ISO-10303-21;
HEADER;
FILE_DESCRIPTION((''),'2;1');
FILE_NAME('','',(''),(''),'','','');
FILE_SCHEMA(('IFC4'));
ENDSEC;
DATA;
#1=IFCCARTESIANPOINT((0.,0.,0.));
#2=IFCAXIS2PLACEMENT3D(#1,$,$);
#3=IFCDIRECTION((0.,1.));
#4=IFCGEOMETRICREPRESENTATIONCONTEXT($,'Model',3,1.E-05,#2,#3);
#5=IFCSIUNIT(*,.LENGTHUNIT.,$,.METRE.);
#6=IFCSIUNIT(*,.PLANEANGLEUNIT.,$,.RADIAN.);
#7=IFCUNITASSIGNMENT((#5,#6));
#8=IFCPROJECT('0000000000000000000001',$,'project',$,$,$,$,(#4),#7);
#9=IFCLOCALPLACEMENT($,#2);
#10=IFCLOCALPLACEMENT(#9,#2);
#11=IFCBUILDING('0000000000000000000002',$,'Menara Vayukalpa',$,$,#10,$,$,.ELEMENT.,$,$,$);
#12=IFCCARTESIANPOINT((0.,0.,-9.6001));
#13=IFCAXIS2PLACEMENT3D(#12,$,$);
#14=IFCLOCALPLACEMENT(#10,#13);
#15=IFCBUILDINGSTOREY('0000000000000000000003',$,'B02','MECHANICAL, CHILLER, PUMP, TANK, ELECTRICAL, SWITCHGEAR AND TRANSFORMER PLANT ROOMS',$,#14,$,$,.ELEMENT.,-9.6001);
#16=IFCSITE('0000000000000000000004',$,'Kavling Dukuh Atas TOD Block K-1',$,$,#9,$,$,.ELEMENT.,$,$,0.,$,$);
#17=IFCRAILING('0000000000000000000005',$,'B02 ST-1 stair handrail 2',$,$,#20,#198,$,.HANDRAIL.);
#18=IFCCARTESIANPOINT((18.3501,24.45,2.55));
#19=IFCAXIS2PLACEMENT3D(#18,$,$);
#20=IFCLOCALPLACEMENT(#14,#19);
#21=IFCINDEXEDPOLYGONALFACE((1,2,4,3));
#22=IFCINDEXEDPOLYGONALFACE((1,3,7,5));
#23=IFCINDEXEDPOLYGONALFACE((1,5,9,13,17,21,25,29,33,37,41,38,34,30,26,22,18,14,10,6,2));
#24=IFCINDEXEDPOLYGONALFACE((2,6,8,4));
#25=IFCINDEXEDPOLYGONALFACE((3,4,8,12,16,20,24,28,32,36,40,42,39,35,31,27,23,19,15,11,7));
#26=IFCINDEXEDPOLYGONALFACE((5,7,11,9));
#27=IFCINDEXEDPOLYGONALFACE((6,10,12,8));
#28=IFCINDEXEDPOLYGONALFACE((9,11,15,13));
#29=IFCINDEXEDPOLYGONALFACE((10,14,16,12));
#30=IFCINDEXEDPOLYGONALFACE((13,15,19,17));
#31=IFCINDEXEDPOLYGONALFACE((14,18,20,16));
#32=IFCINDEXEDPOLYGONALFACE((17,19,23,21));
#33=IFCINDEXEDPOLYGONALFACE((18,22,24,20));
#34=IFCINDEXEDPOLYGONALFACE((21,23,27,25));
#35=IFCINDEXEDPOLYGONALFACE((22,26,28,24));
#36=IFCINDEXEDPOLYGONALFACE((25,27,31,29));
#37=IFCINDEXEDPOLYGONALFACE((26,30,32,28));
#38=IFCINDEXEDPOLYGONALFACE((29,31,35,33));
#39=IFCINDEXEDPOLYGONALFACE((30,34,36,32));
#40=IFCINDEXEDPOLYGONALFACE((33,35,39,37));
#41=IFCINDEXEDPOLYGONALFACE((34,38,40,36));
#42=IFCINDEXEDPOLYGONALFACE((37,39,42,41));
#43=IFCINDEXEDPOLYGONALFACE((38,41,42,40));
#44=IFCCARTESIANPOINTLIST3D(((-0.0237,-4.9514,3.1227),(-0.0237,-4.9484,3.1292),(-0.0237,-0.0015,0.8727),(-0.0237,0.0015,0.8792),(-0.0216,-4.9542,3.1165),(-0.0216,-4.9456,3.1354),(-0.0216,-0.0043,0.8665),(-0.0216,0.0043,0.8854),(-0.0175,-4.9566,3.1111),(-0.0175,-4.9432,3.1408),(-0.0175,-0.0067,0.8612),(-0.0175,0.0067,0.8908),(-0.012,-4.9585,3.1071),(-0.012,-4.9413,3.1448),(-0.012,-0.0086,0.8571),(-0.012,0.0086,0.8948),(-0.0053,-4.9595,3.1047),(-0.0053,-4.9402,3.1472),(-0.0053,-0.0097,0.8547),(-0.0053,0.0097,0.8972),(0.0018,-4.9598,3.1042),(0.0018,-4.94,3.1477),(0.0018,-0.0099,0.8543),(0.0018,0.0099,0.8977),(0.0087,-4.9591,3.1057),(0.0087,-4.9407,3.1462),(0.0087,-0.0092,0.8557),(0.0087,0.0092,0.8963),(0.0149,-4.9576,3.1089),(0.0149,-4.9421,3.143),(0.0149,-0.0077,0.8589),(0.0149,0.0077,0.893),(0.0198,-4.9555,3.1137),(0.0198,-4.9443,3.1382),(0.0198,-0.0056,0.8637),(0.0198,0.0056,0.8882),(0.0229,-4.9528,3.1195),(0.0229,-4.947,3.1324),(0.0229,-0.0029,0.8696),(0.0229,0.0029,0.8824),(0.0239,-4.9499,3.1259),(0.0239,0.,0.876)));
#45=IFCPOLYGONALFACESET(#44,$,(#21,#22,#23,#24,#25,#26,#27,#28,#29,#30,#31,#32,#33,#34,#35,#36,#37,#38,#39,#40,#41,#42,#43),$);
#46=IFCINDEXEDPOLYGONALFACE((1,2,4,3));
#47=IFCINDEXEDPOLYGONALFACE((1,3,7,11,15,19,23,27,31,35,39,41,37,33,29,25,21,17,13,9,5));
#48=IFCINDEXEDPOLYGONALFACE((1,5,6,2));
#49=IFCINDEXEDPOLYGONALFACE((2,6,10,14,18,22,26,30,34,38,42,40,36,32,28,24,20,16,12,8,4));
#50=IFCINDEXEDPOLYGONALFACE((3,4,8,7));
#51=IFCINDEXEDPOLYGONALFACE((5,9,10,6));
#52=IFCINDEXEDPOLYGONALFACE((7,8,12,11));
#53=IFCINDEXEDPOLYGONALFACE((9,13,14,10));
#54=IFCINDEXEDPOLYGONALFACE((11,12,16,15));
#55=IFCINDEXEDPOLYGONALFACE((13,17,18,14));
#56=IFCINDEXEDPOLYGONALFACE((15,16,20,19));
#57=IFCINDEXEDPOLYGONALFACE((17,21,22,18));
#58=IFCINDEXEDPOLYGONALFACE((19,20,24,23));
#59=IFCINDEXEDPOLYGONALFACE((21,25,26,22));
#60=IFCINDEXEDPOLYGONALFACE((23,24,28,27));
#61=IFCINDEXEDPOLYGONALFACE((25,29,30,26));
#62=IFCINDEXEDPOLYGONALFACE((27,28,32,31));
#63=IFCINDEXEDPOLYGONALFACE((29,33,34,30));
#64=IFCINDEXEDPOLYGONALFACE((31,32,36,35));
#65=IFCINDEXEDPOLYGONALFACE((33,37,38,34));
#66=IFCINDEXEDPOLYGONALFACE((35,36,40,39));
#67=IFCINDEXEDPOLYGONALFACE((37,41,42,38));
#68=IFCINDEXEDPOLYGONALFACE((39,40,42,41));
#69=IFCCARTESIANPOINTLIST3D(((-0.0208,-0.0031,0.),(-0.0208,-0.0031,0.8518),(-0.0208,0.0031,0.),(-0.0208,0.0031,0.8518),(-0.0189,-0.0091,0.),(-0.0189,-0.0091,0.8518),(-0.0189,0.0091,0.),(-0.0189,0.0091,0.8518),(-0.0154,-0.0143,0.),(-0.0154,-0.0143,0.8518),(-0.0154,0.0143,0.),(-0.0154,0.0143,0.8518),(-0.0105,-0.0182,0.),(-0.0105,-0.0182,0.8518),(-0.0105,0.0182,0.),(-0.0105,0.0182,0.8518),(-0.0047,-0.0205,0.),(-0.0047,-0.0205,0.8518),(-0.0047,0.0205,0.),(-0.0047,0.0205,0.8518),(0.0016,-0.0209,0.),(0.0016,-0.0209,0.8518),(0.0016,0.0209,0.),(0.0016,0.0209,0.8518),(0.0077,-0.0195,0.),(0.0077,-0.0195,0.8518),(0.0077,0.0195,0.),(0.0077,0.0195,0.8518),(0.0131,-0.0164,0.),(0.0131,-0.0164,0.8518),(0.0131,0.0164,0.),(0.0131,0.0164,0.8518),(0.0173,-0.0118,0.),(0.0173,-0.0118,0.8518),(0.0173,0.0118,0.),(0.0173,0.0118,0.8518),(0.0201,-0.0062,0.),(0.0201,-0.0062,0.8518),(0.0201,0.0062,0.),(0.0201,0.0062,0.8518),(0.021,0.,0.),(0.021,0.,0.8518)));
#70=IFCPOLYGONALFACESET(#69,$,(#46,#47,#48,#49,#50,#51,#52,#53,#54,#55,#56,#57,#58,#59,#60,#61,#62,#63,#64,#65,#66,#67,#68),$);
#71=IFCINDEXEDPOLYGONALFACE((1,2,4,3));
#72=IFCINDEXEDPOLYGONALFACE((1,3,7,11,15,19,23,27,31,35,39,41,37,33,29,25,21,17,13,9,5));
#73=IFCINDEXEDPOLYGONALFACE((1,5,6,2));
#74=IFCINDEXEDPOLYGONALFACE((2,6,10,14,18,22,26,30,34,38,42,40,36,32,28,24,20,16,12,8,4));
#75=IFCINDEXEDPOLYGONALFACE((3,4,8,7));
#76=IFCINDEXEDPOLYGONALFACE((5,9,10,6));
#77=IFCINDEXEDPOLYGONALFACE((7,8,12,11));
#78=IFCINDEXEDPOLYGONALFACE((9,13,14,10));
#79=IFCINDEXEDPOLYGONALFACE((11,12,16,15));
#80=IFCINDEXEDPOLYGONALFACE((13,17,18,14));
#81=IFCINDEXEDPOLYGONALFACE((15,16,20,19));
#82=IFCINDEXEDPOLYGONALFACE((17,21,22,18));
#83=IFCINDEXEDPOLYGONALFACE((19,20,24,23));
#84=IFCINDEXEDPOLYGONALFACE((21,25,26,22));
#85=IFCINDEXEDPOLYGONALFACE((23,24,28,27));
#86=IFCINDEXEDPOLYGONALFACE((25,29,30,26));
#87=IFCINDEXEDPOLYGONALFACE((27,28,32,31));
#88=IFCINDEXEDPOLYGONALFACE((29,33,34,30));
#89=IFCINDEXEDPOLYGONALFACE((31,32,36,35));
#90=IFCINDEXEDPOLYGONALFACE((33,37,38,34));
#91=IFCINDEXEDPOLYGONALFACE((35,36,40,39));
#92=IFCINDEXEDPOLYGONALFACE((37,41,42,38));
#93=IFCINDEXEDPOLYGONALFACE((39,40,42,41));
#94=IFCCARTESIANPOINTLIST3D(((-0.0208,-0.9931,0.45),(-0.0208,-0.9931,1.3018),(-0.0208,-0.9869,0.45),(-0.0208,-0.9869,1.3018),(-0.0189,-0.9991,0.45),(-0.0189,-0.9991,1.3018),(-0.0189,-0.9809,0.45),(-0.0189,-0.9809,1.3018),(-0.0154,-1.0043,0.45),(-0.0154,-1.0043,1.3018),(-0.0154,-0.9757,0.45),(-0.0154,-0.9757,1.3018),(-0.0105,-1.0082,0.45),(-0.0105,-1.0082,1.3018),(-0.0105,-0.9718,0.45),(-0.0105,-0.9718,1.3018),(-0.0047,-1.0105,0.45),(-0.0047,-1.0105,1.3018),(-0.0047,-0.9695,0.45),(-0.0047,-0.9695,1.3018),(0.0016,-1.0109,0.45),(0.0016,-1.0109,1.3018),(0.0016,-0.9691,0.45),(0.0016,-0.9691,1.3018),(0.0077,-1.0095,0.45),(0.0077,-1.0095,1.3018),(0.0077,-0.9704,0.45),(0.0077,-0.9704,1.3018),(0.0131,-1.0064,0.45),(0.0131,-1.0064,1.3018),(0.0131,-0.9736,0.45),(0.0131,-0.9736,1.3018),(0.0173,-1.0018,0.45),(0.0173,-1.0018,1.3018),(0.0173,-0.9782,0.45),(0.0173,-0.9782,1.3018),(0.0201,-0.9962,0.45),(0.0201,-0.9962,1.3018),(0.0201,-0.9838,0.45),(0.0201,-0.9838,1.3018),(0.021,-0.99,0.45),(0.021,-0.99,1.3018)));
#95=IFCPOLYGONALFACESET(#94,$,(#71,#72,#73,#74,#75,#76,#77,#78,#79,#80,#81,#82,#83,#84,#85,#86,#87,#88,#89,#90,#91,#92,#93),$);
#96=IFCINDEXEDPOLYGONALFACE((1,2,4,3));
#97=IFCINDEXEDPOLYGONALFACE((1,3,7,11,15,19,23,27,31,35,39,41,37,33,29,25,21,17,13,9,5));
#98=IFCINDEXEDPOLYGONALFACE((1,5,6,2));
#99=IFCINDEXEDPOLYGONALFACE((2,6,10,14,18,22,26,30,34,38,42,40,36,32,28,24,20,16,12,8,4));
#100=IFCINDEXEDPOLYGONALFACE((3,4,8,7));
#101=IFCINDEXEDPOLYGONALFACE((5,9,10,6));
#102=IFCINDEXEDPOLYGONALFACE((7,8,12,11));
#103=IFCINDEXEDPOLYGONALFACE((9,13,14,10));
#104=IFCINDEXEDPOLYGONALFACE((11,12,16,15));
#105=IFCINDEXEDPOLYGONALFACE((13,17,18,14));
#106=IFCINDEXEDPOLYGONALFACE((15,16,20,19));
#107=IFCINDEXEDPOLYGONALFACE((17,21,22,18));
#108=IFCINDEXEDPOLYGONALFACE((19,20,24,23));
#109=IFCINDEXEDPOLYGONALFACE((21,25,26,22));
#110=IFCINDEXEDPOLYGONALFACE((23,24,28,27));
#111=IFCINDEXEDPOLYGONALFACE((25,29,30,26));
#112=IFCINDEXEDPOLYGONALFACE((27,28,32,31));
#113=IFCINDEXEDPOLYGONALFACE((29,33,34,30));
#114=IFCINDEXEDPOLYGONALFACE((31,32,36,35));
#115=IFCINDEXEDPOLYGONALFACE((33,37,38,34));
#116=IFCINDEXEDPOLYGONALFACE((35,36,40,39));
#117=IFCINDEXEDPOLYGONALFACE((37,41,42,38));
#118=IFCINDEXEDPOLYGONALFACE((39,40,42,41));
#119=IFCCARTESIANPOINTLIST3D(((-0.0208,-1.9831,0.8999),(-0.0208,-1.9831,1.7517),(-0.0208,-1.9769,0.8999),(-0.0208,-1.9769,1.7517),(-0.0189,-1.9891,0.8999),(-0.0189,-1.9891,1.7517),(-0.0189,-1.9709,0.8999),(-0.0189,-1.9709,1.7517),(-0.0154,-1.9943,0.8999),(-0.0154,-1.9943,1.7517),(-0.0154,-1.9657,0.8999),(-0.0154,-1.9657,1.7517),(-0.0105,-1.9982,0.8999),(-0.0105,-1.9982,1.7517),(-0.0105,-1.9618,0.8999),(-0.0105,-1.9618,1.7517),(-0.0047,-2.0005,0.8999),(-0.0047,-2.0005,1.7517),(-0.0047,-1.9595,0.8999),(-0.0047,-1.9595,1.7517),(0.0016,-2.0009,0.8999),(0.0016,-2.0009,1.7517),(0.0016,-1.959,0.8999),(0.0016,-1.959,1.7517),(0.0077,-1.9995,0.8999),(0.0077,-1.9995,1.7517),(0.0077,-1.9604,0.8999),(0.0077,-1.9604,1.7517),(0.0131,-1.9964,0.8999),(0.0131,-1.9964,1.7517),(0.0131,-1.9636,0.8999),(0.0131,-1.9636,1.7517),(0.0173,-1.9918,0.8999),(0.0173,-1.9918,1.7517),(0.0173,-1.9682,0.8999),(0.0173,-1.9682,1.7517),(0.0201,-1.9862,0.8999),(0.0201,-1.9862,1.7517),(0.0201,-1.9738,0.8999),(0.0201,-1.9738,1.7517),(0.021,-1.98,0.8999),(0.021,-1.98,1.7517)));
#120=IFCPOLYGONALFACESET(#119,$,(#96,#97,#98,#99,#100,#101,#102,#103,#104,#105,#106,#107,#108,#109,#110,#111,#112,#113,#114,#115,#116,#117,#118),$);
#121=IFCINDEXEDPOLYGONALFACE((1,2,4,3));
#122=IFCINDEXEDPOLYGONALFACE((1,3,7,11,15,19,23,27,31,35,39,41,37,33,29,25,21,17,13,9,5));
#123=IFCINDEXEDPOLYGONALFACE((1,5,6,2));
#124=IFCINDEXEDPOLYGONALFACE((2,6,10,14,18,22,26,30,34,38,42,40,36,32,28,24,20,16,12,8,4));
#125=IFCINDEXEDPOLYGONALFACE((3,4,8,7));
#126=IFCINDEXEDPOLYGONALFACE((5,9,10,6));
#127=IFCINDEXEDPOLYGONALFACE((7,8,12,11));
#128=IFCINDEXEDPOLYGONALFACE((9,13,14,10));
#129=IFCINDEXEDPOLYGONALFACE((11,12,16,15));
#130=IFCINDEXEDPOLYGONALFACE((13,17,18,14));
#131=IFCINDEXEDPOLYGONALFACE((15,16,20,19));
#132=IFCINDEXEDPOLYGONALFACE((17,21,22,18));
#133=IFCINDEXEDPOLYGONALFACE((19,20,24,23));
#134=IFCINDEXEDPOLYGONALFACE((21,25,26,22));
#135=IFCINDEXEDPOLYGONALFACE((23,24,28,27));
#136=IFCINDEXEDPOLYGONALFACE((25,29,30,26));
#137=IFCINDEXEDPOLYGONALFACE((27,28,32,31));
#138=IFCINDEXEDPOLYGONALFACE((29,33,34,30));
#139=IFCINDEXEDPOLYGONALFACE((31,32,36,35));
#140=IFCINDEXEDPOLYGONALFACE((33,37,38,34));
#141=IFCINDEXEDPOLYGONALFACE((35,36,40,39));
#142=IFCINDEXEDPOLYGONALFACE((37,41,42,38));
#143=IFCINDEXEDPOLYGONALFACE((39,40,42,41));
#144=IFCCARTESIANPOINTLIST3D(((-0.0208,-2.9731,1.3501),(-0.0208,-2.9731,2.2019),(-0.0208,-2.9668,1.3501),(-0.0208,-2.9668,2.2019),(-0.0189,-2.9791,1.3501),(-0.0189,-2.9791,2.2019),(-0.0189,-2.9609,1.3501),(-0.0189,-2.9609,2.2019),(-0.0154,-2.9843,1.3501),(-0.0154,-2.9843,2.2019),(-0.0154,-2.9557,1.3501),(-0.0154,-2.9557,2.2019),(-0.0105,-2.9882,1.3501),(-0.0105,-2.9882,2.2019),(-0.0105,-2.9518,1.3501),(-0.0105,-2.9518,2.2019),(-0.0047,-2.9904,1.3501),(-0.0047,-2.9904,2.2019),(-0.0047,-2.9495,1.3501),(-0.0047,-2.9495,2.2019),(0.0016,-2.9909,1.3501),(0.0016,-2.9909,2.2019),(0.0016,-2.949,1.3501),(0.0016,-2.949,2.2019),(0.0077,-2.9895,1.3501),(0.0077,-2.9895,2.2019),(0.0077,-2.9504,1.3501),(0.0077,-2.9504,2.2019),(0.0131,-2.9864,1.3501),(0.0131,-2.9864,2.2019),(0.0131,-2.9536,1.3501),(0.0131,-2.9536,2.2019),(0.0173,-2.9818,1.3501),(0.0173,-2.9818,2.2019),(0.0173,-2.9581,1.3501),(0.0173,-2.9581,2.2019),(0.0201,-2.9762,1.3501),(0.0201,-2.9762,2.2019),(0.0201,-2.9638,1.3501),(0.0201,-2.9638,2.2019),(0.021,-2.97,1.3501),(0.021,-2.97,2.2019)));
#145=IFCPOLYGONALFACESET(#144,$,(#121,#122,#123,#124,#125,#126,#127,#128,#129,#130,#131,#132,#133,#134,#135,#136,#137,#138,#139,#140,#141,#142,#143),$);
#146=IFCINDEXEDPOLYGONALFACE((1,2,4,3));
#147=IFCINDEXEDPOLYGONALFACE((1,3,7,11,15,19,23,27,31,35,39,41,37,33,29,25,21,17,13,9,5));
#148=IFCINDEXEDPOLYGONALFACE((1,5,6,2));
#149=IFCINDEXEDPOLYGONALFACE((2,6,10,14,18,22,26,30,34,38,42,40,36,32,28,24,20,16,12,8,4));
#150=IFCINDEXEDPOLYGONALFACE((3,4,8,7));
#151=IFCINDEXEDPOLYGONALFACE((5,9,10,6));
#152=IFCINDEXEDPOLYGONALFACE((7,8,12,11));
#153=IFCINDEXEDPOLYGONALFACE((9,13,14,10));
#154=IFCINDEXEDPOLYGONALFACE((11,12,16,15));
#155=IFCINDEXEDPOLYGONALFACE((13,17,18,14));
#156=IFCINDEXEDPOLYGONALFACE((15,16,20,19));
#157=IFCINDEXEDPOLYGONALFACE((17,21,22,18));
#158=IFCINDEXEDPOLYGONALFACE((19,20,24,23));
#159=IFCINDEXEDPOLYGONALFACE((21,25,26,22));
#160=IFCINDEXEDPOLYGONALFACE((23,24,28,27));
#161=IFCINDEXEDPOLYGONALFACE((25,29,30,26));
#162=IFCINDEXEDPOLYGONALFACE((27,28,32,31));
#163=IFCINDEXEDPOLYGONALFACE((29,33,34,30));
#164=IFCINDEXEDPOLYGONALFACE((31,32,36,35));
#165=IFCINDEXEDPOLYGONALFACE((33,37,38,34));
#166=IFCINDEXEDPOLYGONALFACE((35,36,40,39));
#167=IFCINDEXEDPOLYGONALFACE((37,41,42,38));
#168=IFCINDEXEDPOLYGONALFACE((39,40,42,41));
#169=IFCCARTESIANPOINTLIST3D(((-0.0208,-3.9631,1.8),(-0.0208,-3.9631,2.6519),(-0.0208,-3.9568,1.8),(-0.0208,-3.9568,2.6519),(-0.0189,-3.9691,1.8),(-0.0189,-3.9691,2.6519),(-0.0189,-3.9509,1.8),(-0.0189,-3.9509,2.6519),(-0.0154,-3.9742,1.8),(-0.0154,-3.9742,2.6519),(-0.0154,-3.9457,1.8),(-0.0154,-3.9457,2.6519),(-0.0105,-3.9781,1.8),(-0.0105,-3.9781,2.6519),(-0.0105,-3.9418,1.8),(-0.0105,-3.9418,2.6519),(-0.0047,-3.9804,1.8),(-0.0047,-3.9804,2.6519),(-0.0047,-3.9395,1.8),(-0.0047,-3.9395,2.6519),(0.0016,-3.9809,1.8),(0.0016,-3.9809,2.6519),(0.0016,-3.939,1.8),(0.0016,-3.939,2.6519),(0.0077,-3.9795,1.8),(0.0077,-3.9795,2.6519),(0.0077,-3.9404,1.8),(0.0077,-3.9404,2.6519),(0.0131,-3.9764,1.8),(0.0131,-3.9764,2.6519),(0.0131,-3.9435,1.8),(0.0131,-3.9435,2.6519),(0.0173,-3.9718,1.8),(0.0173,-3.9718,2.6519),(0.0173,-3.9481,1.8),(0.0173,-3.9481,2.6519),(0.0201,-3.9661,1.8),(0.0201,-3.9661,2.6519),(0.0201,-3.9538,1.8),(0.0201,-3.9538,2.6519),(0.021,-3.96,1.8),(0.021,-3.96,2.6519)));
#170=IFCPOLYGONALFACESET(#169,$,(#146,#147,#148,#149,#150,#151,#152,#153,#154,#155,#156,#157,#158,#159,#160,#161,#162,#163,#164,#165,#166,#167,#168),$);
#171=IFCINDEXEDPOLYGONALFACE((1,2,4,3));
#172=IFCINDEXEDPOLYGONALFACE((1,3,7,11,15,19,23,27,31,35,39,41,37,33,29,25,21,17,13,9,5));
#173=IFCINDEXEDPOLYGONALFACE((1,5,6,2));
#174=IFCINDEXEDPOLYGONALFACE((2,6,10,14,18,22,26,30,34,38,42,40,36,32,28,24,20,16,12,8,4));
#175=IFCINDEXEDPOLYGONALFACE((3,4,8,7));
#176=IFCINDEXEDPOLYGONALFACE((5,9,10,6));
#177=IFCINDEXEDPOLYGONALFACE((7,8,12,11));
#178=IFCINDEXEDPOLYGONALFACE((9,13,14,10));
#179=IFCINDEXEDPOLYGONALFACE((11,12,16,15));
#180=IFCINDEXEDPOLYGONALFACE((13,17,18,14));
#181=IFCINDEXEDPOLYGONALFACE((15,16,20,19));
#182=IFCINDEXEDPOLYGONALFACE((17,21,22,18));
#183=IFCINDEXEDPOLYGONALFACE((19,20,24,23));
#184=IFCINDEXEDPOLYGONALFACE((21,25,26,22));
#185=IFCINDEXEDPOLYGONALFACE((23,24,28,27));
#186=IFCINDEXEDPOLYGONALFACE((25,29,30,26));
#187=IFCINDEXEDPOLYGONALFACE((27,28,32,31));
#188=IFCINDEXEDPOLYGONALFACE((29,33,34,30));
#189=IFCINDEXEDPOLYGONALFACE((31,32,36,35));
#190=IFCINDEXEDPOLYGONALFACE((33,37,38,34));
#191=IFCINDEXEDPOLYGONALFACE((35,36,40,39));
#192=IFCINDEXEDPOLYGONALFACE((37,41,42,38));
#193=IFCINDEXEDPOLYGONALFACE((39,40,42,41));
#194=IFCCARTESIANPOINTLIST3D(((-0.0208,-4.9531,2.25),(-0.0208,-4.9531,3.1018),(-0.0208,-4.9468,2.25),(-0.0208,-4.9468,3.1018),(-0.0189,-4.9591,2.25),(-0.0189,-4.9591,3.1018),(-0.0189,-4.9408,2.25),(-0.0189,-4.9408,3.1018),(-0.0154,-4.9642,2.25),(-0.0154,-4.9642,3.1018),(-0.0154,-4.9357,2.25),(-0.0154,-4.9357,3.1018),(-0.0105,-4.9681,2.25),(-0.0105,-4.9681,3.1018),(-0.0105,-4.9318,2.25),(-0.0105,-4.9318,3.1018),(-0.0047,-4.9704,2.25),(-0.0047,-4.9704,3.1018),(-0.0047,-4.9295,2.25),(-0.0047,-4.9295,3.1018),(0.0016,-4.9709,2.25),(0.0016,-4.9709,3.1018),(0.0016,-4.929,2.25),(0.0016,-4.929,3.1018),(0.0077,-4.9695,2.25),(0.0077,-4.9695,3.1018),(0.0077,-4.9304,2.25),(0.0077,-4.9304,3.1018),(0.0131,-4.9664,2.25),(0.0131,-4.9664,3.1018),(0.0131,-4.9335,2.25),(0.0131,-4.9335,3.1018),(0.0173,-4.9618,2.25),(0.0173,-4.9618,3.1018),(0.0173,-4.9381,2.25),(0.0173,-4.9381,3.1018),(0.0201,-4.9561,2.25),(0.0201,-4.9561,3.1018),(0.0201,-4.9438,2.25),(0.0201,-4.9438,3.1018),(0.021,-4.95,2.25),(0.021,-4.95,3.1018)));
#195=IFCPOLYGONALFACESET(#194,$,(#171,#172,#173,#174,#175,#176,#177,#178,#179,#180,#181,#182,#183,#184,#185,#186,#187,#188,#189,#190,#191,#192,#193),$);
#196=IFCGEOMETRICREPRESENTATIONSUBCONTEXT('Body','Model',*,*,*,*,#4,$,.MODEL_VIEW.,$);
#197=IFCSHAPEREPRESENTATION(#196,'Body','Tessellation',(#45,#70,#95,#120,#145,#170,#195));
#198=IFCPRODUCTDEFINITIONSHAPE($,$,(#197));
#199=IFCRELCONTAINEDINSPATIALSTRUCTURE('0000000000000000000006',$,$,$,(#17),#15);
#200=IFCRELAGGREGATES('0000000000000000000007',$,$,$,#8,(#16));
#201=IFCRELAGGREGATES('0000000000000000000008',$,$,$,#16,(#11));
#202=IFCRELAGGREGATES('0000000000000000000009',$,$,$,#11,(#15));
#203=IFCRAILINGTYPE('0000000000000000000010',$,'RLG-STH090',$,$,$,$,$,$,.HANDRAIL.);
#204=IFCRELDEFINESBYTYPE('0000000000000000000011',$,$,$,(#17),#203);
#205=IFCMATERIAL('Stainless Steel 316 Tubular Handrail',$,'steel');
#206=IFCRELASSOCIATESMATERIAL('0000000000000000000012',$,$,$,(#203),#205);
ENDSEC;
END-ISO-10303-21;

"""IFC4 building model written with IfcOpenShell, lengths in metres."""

from ifc_helpers import new_model, si_unit, direction, frame, origin, origin_2d, place, context, subcontext, project, spatial, circle, extrude, material, type_object, element, save


model = new_model("IFC4")

# Units and contexts
model_context = context("Model", 3, precision=1e-05, world=origin(), true_north=direction((0.0, 1.0)))
body_context = subcontext(model_context, "Body", "Model", "MODEL_VIEW")
ifc_project = project(units=[si_unit("LENGTHUNIT", "METRE"), si_unit("PLANEANGLEUNIT", "RADIAN")], contexts=[model_context])

# Site, building, storey
site_placement = place(None, origin())
site = spatial("IfcSite", under=ifc_project, at=site_placement, Name="Kavling Dukuh Atas TOD Block K-1", CompositionType="ELEMENT", RefElevation=0.0)
building_placement = place(site_placement, origin())
building = spatial("IfcBuilding", under=site, at=building_placement, Name="Menara Vayukalpa", CompositionType="ELEMENT")
storey_placement = place(building_placement, frame((0.0, 0.0, -9.6001)))
storey = spatial("IfcBuildingStorey", under=building, at=storey_placement, Name="B02", Description="MECHANICAL, CHILLER, PUMP, TANK, ELECTRICAL, SWITCHGEAR AND TRANSFORMER PLANT ROOMS", CompositionType="ELEMENT", Elevation=-9.6001)

# Railing
ifc_material_1 = material(Name="Stainless Steel 316 Tubular Handrail", Category="steel")
railing_type_1 = type_object("IfcRailingType", Name="RLG-STH090", PredefinedType="HANDRAIL", material=ifc_material_1)
railing_1_placement = place(storey_placement, frame((18.3501, 24.45, 2.55)))
element("IfcRailing", 1, at=railing_1_placement, inside=storey, type_object=railing_type_1, Name="B02 ST-1 stair handrail 2", PredefinedType="HANDRAIL", context=body_context, shape_type="SweptSolid", body=[
    extrude(circle(Radius=0.0239, at=origin_2d()), frame((0.0, 0.0, 0.876), z_axis=(0.0, -0.910365, 0.413806), x_axis=(1.0, 0.0, 0.0)), (0.0, 0.0, 1.0), 5.4373),
    extrude(circle(Radius=0.021, at=origin_2d()), origin(), (0.0, 0.0, 1.0), 0.8518),
    extrude(circle(Radius=0.021, at=origin_2d()), frame((0.0, -0.99, 0.45)), (0.0, 0.0, 1.0), 0.8518),
    extrude(circle(Radius=0.021, at=origin_2d()), frame((0.0, -1.98, 0.8999)), (0.0, 0.0, 1.0), 0.8518),
    extrude(circle(Radius=0.021, at=origin_2d()), frame((0.0, -2.97, 1.3501)), (0.0, 0.0, 1.0), 0.8518),
    extrude(circle(Radius=0.021, at=origin_2d()), frame((0.0, -3.96, 1.8)), (0.0, 0.0, 1.0), 0.8518),
    extrude(circle(Radius=0.021, at=origin_2d()), frame((0.0, -4.95, 2.25)), (0.0, 0.0, 1.0), 0.8518),
])

save(model, "model.ifc")
